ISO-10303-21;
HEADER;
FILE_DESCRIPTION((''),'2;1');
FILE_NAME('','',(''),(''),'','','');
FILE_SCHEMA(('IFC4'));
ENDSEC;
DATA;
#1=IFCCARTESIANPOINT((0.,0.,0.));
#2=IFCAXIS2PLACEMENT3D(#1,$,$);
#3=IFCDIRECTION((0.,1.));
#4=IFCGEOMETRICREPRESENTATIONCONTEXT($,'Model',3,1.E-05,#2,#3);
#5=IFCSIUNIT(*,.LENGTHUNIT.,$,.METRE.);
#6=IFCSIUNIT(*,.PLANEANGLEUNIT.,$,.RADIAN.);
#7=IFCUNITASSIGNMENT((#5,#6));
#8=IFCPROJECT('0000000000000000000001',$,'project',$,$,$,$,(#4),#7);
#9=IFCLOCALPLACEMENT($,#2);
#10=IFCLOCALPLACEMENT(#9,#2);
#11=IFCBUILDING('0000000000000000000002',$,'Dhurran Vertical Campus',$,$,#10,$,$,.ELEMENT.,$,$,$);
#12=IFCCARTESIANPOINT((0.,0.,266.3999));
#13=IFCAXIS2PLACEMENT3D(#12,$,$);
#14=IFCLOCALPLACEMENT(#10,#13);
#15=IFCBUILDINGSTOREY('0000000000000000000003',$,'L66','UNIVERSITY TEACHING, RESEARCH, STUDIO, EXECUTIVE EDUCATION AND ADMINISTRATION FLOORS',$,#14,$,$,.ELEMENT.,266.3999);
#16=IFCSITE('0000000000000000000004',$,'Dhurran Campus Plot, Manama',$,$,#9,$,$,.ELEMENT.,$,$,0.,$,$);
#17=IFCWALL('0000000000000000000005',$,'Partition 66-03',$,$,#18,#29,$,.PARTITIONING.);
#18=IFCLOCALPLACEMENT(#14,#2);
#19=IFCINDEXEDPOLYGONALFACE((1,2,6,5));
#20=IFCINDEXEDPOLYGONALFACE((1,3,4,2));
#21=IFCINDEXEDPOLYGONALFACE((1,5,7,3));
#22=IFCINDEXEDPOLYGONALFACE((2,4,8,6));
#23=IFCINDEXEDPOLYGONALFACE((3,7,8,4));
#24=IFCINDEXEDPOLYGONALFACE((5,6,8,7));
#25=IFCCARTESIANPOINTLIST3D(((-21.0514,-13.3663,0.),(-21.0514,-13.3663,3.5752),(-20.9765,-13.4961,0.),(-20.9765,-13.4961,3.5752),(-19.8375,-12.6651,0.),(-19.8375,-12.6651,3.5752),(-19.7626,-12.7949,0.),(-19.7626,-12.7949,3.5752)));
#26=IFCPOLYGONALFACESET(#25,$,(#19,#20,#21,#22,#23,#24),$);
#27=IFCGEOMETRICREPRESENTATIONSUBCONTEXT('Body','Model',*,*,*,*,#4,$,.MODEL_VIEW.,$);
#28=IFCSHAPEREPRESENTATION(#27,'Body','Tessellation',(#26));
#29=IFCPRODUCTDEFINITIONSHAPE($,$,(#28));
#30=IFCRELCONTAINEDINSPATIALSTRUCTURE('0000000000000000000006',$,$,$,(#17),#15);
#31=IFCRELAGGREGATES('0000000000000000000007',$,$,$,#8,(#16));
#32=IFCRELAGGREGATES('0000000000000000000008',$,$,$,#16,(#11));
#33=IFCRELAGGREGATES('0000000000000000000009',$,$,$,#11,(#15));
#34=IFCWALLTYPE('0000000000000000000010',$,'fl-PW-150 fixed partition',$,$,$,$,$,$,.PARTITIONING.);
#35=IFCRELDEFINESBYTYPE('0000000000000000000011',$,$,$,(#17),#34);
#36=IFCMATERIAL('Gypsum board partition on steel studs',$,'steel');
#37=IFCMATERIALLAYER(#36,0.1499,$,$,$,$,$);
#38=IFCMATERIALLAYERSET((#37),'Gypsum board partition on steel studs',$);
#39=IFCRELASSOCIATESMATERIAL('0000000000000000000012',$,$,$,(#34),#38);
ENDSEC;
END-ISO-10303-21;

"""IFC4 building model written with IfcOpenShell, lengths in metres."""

from ifc_helpers import new_model, si_unit, direction, frame, frame_2d, origin, place, context, subcontext, project, spatial, rectangle, extrude, material, layer, layer_set, type_object, element, save


model = new_model("IFC4")

# Units and contexts
model_context = context("Model", 3, precision=1e-05, world=origin(), true_north=direction((0.0, 1.0)))
body_context = subcontext(model_context, "Body", "Model", "MODEL_VIEW")
ifc_project = project(units=[si_unit("LENGTHUNIT", "METRE"), si_unit("PLANEANGLEUNIT", "RADIAN")], contexts=[model_context])

# Site, building, storey
site_placement = place(None, origin())
site = spatial("IfcSite", under=ifc_project, at=site_placement, Name="Dhurran Campus Plot, Manama", CompositionType="ELEMENT", RefElevation=0.0)
building_placement = place(site_placement, origin())
building = spatial("IfcBuilding", under=site, at=building_placement, Name="Dhurran Vertical Campus", CompositionType="ELEMENT")
storey_placement = place(building_placement, frame((0.0, 0.0, 266.3999)))
storey = spatial("IfcBuildingStorey", under=building, at=storey_placement, Name="L66", Description="UNIVERSITY TEACHING, RESEARCH, STUDIO, EXECUTIVE EDUCATION AND ADMINISTRATION FLOORS", CompositionType="ELEMENT", Elevation=266.3999)

# Wall
ifc_material_1 = material(Name="Gypsum board partition on steel studs", Category="steel")
ifc_layer_1 = layer(ifc_material_1, 0.1499)
ifc_layer_set_1 = layer_set([ifc_layer_1], Name="Gypsum board partition on steel studs")
wall_type_1 = type_object("IfcWallType", Name="fl-PW-150 fixed partition", PredefinedType="PARTITIONING", material=ifc_layer_set_1)
wall_1_placement = place(storey_placement, frame((-19.8, -12.73, 0.0), z_axis=(0.0, 0.0, 1.0), x_axis=(-0.865919, -0.500185, 0.0)))
element("IfcWall", 1, at=wall_1_placement, inside=storey, type_object=wall_type_1, Name="Partition 66-03", PredefinedType="PARTITIONING", context=body_context, shape_type="SweptSolid", body=[
    extrude(rectangle(XDim=1.4019, YDim=0.1499, at=frame_2d((0.7009, 0.0))), origin(), (0.0, 0.0, 1.0), 3.5752),
])

save(model, "model.ifc")
